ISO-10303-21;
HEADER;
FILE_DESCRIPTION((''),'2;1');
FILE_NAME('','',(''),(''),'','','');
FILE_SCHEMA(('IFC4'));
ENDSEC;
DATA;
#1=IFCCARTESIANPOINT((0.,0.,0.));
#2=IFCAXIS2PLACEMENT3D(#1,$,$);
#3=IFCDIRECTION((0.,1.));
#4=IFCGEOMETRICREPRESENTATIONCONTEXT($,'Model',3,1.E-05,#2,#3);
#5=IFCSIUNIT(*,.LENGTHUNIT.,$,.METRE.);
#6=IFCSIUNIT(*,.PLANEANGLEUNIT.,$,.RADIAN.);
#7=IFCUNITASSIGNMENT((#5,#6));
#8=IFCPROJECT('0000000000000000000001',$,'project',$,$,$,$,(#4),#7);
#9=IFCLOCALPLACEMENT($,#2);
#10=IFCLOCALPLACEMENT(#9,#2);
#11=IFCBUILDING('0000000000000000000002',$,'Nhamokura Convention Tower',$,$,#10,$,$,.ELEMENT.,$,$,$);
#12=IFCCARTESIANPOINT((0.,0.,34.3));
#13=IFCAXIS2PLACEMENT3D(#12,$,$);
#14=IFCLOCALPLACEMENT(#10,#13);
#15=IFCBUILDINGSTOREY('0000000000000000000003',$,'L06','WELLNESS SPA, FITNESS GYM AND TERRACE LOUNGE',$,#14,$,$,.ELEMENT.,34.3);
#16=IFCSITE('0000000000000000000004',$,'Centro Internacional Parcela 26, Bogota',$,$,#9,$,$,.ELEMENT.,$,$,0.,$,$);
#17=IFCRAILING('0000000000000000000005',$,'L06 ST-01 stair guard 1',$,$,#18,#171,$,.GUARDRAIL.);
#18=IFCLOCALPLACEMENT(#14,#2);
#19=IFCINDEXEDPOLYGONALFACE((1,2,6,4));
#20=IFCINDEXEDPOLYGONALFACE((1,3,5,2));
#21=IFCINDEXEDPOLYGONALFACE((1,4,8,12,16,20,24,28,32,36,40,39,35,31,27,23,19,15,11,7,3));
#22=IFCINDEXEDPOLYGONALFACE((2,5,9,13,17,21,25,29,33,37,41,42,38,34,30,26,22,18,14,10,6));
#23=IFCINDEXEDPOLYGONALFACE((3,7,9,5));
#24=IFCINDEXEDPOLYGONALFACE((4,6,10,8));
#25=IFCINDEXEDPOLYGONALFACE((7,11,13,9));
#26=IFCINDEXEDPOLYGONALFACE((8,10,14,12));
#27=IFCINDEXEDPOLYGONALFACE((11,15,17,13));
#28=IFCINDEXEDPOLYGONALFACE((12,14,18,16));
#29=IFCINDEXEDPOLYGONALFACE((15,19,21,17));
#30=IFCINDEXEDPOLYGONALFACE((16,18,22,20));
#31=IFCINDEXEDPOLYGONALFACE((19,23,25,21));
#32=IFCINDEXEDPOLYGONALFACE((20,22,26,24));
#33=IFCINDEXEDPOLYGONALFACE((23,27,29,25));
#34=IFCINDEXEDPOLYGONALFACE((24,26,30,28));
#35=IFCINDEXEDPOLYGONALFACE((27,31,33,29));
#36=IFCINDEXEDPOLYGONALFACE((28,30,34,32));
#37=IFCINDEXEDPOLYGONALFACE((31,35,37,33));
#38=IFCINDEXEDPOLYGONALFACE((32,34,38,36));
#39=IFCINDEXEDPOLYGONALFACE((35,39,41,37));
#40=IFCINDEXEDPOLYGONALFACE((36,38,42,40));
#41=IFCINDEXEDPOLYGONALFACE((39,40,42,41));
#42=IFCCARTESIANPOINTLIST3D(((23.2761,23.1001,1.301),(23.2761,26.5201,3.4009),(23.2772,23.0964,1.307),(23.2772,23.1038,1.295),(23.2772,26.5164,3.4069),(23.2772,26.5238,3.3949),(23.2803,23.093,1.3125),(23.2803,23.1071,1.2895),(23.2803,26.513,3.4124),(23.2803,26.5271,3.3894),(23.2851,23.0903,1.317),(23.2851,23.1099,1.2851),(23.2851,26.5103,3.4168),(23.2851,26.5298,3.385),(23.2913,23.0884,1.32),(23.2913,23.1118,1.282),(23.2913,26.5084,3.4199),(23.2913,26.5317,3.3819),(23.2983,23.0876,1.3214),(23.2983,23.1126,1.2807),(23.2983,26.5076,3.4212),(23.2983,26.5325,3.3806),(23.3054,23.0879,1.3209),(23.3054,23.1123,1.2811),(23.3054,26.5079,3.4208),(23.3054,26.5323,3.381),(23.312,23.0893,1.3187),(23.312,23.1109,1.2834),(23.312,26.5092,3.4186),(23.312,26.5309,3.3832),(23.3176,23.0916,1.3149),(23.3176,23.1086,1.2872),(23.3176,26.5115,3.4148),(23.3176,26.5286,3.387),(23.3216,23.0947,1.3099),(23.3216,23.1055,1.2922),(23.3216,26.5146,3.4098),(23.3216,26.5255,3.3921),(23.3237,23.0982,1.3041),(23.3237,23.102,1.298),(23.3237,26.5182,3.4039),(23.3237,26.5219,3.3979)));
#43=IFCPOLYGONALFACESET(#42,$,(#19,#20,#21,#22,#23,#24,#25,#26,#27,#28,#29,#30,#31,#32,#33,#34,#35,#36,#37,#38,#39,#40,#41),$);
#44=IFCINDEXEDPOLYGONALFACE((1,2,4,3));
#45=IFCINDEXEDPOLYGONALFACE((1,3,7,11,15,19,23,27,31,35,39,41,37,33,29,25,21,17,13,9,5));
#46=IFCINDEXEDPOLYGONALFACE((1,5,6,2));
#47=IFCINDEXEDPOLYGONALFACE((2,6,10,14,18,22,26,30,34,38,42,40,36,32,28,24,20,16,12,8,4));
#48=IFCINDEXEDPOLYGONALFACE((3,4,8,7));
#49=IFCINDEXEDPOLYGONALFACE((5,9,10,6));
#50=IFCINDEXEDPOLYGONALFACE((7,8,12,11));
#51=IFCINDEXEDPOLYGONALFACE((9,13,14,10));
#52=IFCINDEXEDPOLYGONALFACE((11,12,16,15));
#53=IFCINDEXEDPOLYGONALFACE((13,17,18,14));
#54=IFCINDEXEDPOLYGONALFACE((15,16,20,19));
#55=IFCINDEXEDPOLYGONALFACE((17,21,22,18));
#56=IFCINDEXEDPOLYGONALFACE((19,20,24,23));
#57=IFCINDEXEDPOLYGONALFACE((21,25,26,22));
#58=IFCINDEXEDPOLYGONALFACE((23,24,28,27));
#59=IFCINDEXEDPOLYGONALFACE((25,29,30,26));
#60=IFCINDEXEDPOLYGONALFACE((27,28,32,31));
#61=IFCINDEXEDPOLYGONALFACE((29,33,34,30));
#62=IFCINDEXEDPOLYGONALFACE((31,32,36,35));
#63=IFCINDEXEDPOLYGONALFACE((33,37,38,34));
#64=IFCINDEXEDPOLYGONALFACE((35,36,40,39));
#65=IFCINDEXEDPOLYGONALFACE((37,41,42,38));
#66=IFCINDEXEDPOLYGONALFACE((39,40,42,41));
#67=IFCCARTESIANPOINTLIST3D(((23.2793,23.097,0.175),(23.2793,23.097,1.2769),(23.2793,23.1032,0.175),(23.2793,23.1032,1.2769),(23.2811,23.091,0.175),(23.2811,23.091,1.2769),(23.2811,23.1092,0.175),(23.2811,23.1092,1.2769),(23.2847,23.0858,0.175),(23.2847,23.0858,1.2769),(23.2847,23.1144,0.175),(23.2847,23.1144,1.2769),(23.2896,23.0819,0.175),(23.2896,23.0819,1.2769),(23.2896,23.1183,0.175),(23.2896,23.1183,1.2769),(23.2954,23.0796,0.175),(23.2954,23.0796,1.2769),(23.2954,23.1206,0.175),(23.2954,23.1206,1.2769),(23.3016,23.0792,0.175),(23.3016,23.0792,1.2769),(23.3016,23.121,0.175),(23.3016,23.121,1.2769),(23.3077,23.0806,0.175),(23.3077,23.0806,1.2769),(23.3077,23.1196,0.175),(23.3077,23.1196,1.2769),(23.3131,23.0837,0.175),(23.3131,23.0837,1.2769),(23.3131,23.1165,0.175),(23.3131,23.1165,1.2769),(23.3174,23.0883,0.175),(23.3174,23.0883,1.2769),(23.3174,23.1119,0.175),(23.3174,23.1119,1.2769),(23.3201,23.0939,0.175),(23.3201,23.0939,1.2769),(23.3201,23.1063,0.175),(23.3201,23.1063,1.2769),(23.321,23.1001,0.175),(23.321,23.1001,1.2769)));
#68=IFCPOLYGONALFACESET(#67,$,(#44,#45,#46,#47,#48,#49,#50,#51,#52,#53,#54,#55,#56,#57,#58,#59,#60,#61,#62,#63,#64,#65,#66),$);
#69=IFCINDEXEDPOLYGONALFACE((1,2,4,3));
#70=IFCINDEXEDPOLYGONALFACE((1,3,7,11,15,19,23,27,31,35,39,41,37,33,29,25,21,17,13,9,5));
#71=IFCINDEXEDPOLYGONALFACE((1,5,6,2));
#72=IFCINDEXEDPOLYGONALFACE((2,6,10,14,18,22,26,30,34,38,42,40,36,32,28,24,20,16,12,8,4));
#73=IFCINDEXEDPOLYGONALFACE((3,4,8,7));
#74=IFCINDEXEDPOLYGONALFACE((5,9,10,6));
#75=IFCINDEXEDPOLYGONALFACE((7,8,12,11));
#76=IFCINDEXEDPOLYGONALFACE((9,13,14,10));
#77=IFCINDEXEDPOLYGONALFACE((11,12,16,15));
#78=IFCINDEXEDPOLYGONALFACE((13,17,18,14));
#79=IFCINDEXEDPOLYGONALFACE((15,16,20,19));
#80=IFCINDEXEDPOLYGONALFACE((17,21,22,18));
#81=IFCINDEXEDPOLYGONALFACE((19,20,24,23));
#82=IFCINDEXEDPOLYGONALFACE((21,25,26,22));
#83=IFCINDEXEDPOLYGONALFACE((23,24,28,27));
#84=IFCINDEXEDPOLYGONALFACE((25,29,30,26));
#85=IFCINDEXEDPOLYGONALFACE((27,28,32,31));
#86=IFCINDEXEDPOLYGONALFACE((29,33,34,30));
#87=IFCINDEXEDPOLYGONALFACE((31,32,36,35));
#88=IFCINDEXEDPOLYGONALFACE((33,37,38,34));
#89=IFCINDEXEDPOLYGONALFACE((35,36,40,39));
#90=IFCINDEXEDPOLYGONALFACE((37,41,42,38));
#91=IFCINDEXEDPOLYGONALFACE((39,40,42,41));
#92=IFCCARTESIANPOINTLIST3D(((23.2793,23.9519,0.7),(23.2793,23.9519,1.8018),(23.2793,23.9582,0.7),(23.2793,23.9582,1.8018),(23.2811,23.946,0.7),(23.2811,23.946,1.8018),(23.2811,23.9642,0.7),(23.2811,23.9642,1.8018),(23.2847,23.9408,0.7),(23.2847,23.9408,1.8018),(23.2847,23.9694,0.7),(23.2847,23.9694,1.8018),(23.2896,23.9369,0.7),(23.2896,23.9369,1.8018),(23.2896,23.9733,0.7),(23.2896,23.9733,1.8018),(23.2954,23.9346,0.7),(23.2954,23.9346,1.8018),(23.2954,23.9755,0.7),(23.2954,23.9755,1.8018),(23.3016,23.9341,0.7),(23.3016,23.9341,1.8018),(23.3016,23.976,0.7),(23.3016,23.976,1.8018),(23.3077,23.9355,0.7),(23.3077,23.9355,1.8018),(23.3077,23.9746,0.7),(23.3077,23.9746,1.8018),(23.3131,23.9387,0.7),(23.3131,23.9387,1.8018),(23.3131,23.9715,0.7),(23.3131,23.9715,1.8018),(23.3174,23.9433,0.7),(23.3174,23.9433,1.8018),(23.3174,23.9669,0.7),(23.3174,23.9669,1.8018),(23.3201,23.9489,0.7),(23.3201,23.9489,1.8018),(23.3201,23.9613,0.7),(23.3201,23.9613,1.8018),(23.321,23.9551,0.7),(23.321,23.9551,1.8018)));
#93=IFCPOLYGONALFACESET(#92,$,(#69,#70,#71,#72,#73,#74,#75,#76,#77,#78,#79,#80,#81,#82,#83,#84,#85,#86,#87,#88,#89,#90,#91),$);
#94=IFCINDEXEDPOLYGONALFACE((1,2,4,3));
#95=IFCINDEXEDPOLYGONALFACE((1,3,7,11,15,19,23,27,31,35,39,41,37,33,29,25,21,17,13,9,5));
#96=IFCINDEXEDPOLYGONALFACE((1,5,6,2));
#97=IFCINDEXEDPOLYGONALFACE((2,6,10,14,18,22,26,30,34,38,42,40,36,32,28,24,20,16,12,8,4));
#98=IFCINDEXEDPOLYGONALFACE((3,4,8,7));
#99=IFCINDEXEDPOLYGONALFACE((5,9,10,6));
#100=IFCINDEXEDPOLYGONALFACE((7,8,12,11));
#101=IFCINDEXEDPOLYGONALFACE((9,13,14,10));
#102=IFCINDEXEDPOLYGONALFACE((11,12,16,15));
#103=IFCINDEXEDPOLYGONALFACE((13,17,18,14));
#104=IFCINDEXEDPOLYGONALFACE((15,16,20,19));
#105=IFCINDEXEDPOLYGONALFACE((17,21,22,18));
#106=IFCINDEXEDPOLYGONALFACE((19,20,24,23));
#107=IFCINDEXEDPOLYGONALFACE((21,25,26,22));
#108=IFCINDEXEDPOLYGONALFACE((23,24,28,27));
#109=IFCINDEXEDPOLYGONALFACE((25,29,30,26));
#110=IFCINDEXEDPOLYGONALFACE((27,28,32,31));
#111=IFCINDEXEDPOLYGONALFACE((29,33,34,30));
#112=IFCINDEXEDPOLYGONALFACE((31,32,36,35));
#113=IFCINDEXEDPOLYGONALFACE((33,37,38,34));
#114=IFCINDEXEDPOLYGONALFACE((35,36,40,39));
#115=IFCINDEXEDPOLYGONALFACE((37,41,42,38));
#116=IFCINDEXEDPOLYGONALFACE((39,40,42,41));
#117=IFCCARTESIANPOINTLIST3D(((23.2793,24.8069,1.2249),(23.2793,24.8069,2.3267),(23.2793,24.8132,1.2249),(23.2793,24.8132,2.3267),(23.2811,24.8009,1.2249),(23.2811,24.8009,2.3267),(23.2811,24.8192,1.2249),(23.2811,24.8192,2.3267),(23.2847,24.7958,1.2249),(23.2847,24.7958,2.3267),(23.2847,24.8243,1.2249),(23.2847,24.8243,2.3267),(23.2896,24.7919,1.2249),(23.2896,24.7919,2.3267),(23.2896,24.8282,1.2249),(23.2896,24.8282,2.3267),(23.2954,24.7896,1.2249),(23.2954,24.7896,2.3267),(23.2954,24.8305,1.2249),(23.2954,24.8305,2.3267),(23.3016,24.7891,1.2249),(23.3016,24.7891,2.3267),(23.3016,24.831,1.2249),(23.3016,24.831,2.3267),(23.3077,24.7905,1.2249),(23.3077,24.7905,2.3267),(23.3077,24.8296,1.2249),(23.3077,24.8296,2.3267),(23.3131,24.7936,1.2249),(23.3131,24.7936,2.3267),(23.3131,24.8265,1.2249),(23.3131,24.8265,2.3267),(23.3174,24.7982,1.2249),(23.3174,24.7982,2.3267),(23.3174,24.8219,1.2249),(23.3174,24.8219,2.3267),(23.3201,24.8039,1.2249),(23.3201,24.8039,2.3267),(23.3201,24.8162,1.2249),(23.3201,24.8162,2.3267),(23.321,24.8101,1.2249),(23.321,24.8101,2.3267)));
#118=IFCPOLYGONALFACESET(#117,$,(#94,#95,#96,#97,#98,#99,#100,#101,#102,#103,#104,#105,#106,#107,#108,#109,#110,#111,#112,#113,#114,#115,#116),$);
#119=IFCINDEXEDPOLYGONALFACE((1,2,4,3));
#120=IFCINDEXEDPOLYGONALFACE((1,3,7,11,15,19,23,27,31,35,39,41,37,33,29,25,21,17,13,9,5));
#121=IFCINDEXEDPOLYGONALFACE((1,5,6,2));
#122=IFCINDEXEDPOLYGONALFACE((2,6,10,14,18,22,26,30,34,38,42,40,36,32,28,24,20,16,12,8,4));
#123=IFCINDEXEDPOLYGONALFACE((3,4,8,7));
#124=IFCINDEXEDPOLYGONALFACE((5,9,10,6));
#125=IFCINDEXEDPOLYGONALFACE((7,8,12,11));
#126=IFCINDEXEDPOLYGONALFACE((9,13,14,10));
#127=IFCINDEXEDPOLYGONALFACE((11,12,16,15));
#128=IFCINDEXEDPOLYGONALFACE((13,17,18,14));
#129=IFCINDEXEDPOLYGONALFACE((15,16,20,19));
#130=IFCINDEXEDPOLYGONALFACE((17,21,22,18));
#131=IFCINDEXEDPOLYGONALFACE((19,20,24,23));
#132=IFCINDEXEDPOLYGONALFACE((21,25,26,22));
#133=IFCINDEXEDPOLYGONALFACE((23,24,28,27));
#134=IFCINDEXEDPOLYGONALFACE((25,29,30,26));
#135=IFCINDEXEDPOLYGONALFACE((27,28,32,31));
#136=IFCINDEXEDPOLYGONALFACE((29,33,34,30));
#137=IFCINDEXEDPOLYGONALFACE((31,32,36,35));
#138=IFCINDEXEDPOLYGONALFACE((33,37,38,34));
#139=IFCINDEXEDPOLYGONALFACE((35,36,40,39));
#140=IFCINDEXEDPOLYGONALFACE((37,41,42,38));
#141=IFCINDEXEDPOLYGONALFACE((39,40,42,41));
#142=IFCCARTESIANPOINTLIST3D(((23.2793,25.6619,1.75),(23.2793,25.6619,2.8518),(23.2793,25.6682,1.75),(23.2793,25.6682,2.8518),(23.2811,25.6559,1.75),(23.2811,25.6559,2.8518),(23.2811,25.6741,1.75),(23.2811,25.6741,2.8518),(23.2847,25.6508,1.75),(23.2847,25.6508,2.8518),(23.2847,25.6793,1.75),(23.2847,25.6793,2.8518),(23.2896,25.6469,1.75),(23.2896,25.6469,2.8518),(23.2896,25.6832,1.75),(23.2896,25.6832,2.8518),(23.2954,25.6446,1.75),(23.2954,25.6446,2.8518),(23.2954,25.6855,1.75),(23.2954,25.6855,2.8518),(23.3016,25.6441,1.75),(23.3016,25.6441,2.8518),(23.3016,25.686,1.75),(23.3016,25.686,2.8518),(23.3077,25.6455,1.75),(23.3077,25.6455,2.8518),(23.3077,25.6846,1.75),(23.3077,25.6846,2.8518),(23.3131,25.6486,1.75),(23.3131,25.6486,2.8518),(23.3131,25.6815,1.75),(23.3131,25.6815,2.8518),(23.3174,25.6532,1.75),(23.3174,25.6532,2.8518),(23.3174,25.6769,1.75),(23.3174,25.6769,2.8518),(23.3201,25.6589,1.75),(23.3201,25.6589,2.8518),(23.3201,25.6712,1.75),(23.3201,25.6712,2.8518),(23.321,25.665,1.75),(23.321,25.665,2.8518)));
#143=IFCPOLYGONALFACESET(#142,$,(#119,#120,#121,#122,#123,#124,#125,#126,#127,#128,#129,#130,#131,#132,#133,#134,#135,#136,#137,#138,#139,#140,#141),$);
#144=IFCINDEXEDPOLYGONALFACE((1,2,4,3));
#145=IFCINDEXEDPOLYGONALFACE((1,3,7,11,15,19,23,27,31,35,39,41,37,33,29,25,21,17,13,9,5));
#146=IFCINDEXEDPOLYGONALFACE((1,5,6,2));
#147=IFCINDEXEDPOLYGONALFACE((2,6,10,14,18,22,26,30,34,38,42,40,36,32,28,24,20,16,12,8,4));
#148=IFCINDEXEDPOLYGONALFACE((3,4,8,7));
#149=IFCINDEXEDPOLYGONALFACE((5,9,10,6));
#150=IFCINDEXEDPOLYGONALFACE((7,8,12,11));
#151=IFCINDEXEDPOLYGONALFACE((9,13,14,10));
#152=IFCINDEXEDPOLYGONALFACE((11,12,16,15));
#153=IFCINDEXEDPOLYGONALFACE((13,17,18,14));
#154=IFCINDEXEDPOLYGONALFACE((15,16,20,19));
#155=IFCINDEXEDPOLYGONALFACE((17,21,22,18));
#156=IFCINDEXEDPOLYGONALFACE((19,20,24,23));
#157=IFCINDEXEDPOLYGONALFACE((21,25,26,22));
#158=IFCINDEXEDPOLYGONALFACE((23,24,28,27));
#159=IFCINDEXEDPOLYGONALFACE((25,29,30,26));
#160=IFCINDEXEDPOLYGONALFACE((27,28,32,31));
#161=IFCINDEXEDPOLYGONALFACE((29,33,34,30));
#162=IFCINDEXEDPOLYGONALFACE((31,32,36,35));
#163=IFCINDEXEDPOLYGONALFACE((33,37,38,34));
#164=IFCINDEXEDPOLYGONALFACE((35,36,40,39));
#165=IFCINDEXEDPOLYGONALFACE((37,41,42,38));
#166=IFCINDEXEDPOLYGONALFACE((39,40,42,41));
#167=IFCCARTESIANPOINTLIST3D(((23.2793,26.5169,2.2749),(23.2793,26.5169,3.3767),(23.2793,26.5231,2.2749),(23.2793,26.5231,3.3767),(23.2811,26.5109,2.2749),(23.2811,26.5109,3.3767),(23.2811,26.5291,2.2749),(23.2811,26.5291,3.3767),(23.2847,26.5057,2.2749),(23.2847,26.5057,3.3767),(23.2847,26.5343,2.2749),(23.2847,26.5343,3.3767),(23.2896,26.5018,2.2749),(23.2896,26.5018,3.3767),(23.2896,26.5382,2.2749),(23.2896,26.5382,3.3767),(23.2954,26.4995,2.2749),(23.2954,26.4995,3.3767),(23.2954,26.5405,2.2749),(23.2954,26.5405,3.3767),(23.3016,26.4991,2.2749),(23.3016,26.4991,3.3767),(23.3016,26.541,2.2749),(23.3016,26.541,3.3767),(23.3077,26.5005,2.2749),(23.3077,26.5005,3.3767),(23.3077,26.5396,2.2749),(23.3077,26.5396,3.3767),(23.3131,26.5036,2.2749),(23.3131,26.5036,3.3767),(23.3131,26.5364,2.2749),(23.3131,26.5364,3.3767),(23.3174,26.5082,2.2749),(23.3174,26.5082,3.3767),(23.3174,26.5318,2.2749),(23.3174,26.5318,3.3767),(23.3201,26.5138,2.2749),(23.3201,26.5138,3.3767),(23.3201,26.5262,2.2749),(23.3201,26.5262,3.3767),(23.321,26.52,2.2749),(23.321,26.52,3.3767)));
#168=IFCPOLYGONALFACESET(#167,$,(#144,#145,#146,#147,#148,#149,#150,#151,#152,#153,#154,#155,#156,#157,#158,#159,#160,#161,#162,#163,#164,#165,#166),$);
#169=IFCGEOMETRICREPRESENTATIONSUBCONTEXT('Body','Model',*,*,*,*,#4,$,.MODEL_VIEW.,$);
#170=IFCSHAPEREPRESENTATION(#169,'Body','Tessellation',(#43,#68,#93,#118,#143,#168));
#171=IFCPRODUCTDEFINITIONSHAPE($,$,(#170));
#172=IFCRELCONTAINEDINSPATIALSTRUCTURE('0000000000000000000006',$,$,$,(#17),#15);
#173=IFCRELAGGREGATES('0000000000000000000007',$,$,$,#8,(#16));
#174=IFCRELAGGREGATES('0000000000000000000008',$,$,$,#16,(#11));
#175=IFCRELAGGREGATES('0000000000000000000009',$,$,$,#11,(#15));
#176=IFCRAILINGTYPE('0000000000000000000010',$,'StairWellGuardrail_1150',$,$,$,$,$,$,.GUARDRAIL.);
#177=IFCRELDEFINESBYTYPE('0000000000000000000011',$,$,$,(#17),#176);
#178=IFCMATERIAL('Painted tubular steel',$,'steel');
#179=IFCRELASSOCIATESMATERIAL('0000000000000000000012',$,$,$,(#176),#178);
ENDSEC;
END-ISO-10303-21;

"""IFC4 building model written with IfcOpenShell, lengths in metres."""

from ifc_helpers import new_model, si_unit, direction, frame, origin, origin_2d, place, context, subcontext, project, spatial, circle, extrude, material, type_object, element, save


model = new_model("IFC4")

# Units and contexts
model_context = context("Model", 3, precision=1e-05, world=origin(), true_north=direction((0.0, 1.0)))
body_context = subcontext(model_context, "Body", "Model", "MODEL_VIEW")
ifc_project = project(units=[si_unit("LENGTHUNIT", "METRE"), si_unit("PLANEANGLEUNIT", "RADIAN")], contexts=[model_context])

# Site, building, storey
site_placement = place(None, origin())
site = spatial("IfcSite", under=ifc_project, at=site_placement, Name="Centro Internacional Parcela 26, Bogota", CompositionType="ELEMENT", RefElevation=0.0)
building_placement = place(site_placement, origin())
building = spatial("IfcBuilding", under=site, at=building_placement, Name="Nhamokura Convention Tower", CompositionType="ELEMENT")
storey_placement = place(building_placement, frame((0.0, 0.0, 34.3)))
storey = spatial("IfcBuildingStorey", under=building, at=storey_placement, Name="L06", Description="WELLNESS SPA, FITNESS GYM AND TERRACE LOUNGE", CompositionType="ELEMENT", Elevation=34.3)

# Railing
ifc_material_1 = material(Name="Painted tubular steel", Category="steel")
railing_type_1 = type_object("IfcRailingType", Name="StairWellGuardrail_1150", PredefinedType="GUARDRAIL", material=ifc_material_1)
railing_1_placement = place(storey_placement, frame((23.3, 23.1001, 0.175)))
element("IfcRailing", 1, at=railing_1_placement, inside=storey, type_object=railing_type_1, Name="L06 ST-01 stair guard 1", PredefinedType="GUARDRAIL", context=body_context, shape_type="SweptSolid", body=[
    extrude(circle(Radius=0.0239, at=origin_2d()), frame((0.0, 0.0, 1.126), z_axis=(0.0, 0.852182, 0.523245), x_axis=(-1.0, 0.0, 0.0)), (0.0, 0.0, 1.0), 4.0132),
    extrude(circle(Radius=0.021, at=origin_2d()), origin(), (0.0, 0.0, 1.0), 1.1018),
    extrude(circle(Radius=0.021, at=origin_2d()), frame((0.0, 0.855, 0.5249)), (0.0, 0.0, 1.0), 1.1018),
    extrude(circle(Radius=0.021, at=origin_2d()), frame((0.0, 1.71, 1.0498)), (0.0, 0.0, 1.0), 1.1018),
    extrude(circle(Radius=0.021, at=origin_2d()), frame((0.0, 2.5649, 1.575)), (0.0, 0.0, 1.0), 1.1018),
    extrude(circle(Radius=0.021, at=origin_2d()), frame((0.0, 3.4199, 2.0999)), (0.0, 0.0, 1.0), 1.1018),
])

save(model, "model.ifc")
